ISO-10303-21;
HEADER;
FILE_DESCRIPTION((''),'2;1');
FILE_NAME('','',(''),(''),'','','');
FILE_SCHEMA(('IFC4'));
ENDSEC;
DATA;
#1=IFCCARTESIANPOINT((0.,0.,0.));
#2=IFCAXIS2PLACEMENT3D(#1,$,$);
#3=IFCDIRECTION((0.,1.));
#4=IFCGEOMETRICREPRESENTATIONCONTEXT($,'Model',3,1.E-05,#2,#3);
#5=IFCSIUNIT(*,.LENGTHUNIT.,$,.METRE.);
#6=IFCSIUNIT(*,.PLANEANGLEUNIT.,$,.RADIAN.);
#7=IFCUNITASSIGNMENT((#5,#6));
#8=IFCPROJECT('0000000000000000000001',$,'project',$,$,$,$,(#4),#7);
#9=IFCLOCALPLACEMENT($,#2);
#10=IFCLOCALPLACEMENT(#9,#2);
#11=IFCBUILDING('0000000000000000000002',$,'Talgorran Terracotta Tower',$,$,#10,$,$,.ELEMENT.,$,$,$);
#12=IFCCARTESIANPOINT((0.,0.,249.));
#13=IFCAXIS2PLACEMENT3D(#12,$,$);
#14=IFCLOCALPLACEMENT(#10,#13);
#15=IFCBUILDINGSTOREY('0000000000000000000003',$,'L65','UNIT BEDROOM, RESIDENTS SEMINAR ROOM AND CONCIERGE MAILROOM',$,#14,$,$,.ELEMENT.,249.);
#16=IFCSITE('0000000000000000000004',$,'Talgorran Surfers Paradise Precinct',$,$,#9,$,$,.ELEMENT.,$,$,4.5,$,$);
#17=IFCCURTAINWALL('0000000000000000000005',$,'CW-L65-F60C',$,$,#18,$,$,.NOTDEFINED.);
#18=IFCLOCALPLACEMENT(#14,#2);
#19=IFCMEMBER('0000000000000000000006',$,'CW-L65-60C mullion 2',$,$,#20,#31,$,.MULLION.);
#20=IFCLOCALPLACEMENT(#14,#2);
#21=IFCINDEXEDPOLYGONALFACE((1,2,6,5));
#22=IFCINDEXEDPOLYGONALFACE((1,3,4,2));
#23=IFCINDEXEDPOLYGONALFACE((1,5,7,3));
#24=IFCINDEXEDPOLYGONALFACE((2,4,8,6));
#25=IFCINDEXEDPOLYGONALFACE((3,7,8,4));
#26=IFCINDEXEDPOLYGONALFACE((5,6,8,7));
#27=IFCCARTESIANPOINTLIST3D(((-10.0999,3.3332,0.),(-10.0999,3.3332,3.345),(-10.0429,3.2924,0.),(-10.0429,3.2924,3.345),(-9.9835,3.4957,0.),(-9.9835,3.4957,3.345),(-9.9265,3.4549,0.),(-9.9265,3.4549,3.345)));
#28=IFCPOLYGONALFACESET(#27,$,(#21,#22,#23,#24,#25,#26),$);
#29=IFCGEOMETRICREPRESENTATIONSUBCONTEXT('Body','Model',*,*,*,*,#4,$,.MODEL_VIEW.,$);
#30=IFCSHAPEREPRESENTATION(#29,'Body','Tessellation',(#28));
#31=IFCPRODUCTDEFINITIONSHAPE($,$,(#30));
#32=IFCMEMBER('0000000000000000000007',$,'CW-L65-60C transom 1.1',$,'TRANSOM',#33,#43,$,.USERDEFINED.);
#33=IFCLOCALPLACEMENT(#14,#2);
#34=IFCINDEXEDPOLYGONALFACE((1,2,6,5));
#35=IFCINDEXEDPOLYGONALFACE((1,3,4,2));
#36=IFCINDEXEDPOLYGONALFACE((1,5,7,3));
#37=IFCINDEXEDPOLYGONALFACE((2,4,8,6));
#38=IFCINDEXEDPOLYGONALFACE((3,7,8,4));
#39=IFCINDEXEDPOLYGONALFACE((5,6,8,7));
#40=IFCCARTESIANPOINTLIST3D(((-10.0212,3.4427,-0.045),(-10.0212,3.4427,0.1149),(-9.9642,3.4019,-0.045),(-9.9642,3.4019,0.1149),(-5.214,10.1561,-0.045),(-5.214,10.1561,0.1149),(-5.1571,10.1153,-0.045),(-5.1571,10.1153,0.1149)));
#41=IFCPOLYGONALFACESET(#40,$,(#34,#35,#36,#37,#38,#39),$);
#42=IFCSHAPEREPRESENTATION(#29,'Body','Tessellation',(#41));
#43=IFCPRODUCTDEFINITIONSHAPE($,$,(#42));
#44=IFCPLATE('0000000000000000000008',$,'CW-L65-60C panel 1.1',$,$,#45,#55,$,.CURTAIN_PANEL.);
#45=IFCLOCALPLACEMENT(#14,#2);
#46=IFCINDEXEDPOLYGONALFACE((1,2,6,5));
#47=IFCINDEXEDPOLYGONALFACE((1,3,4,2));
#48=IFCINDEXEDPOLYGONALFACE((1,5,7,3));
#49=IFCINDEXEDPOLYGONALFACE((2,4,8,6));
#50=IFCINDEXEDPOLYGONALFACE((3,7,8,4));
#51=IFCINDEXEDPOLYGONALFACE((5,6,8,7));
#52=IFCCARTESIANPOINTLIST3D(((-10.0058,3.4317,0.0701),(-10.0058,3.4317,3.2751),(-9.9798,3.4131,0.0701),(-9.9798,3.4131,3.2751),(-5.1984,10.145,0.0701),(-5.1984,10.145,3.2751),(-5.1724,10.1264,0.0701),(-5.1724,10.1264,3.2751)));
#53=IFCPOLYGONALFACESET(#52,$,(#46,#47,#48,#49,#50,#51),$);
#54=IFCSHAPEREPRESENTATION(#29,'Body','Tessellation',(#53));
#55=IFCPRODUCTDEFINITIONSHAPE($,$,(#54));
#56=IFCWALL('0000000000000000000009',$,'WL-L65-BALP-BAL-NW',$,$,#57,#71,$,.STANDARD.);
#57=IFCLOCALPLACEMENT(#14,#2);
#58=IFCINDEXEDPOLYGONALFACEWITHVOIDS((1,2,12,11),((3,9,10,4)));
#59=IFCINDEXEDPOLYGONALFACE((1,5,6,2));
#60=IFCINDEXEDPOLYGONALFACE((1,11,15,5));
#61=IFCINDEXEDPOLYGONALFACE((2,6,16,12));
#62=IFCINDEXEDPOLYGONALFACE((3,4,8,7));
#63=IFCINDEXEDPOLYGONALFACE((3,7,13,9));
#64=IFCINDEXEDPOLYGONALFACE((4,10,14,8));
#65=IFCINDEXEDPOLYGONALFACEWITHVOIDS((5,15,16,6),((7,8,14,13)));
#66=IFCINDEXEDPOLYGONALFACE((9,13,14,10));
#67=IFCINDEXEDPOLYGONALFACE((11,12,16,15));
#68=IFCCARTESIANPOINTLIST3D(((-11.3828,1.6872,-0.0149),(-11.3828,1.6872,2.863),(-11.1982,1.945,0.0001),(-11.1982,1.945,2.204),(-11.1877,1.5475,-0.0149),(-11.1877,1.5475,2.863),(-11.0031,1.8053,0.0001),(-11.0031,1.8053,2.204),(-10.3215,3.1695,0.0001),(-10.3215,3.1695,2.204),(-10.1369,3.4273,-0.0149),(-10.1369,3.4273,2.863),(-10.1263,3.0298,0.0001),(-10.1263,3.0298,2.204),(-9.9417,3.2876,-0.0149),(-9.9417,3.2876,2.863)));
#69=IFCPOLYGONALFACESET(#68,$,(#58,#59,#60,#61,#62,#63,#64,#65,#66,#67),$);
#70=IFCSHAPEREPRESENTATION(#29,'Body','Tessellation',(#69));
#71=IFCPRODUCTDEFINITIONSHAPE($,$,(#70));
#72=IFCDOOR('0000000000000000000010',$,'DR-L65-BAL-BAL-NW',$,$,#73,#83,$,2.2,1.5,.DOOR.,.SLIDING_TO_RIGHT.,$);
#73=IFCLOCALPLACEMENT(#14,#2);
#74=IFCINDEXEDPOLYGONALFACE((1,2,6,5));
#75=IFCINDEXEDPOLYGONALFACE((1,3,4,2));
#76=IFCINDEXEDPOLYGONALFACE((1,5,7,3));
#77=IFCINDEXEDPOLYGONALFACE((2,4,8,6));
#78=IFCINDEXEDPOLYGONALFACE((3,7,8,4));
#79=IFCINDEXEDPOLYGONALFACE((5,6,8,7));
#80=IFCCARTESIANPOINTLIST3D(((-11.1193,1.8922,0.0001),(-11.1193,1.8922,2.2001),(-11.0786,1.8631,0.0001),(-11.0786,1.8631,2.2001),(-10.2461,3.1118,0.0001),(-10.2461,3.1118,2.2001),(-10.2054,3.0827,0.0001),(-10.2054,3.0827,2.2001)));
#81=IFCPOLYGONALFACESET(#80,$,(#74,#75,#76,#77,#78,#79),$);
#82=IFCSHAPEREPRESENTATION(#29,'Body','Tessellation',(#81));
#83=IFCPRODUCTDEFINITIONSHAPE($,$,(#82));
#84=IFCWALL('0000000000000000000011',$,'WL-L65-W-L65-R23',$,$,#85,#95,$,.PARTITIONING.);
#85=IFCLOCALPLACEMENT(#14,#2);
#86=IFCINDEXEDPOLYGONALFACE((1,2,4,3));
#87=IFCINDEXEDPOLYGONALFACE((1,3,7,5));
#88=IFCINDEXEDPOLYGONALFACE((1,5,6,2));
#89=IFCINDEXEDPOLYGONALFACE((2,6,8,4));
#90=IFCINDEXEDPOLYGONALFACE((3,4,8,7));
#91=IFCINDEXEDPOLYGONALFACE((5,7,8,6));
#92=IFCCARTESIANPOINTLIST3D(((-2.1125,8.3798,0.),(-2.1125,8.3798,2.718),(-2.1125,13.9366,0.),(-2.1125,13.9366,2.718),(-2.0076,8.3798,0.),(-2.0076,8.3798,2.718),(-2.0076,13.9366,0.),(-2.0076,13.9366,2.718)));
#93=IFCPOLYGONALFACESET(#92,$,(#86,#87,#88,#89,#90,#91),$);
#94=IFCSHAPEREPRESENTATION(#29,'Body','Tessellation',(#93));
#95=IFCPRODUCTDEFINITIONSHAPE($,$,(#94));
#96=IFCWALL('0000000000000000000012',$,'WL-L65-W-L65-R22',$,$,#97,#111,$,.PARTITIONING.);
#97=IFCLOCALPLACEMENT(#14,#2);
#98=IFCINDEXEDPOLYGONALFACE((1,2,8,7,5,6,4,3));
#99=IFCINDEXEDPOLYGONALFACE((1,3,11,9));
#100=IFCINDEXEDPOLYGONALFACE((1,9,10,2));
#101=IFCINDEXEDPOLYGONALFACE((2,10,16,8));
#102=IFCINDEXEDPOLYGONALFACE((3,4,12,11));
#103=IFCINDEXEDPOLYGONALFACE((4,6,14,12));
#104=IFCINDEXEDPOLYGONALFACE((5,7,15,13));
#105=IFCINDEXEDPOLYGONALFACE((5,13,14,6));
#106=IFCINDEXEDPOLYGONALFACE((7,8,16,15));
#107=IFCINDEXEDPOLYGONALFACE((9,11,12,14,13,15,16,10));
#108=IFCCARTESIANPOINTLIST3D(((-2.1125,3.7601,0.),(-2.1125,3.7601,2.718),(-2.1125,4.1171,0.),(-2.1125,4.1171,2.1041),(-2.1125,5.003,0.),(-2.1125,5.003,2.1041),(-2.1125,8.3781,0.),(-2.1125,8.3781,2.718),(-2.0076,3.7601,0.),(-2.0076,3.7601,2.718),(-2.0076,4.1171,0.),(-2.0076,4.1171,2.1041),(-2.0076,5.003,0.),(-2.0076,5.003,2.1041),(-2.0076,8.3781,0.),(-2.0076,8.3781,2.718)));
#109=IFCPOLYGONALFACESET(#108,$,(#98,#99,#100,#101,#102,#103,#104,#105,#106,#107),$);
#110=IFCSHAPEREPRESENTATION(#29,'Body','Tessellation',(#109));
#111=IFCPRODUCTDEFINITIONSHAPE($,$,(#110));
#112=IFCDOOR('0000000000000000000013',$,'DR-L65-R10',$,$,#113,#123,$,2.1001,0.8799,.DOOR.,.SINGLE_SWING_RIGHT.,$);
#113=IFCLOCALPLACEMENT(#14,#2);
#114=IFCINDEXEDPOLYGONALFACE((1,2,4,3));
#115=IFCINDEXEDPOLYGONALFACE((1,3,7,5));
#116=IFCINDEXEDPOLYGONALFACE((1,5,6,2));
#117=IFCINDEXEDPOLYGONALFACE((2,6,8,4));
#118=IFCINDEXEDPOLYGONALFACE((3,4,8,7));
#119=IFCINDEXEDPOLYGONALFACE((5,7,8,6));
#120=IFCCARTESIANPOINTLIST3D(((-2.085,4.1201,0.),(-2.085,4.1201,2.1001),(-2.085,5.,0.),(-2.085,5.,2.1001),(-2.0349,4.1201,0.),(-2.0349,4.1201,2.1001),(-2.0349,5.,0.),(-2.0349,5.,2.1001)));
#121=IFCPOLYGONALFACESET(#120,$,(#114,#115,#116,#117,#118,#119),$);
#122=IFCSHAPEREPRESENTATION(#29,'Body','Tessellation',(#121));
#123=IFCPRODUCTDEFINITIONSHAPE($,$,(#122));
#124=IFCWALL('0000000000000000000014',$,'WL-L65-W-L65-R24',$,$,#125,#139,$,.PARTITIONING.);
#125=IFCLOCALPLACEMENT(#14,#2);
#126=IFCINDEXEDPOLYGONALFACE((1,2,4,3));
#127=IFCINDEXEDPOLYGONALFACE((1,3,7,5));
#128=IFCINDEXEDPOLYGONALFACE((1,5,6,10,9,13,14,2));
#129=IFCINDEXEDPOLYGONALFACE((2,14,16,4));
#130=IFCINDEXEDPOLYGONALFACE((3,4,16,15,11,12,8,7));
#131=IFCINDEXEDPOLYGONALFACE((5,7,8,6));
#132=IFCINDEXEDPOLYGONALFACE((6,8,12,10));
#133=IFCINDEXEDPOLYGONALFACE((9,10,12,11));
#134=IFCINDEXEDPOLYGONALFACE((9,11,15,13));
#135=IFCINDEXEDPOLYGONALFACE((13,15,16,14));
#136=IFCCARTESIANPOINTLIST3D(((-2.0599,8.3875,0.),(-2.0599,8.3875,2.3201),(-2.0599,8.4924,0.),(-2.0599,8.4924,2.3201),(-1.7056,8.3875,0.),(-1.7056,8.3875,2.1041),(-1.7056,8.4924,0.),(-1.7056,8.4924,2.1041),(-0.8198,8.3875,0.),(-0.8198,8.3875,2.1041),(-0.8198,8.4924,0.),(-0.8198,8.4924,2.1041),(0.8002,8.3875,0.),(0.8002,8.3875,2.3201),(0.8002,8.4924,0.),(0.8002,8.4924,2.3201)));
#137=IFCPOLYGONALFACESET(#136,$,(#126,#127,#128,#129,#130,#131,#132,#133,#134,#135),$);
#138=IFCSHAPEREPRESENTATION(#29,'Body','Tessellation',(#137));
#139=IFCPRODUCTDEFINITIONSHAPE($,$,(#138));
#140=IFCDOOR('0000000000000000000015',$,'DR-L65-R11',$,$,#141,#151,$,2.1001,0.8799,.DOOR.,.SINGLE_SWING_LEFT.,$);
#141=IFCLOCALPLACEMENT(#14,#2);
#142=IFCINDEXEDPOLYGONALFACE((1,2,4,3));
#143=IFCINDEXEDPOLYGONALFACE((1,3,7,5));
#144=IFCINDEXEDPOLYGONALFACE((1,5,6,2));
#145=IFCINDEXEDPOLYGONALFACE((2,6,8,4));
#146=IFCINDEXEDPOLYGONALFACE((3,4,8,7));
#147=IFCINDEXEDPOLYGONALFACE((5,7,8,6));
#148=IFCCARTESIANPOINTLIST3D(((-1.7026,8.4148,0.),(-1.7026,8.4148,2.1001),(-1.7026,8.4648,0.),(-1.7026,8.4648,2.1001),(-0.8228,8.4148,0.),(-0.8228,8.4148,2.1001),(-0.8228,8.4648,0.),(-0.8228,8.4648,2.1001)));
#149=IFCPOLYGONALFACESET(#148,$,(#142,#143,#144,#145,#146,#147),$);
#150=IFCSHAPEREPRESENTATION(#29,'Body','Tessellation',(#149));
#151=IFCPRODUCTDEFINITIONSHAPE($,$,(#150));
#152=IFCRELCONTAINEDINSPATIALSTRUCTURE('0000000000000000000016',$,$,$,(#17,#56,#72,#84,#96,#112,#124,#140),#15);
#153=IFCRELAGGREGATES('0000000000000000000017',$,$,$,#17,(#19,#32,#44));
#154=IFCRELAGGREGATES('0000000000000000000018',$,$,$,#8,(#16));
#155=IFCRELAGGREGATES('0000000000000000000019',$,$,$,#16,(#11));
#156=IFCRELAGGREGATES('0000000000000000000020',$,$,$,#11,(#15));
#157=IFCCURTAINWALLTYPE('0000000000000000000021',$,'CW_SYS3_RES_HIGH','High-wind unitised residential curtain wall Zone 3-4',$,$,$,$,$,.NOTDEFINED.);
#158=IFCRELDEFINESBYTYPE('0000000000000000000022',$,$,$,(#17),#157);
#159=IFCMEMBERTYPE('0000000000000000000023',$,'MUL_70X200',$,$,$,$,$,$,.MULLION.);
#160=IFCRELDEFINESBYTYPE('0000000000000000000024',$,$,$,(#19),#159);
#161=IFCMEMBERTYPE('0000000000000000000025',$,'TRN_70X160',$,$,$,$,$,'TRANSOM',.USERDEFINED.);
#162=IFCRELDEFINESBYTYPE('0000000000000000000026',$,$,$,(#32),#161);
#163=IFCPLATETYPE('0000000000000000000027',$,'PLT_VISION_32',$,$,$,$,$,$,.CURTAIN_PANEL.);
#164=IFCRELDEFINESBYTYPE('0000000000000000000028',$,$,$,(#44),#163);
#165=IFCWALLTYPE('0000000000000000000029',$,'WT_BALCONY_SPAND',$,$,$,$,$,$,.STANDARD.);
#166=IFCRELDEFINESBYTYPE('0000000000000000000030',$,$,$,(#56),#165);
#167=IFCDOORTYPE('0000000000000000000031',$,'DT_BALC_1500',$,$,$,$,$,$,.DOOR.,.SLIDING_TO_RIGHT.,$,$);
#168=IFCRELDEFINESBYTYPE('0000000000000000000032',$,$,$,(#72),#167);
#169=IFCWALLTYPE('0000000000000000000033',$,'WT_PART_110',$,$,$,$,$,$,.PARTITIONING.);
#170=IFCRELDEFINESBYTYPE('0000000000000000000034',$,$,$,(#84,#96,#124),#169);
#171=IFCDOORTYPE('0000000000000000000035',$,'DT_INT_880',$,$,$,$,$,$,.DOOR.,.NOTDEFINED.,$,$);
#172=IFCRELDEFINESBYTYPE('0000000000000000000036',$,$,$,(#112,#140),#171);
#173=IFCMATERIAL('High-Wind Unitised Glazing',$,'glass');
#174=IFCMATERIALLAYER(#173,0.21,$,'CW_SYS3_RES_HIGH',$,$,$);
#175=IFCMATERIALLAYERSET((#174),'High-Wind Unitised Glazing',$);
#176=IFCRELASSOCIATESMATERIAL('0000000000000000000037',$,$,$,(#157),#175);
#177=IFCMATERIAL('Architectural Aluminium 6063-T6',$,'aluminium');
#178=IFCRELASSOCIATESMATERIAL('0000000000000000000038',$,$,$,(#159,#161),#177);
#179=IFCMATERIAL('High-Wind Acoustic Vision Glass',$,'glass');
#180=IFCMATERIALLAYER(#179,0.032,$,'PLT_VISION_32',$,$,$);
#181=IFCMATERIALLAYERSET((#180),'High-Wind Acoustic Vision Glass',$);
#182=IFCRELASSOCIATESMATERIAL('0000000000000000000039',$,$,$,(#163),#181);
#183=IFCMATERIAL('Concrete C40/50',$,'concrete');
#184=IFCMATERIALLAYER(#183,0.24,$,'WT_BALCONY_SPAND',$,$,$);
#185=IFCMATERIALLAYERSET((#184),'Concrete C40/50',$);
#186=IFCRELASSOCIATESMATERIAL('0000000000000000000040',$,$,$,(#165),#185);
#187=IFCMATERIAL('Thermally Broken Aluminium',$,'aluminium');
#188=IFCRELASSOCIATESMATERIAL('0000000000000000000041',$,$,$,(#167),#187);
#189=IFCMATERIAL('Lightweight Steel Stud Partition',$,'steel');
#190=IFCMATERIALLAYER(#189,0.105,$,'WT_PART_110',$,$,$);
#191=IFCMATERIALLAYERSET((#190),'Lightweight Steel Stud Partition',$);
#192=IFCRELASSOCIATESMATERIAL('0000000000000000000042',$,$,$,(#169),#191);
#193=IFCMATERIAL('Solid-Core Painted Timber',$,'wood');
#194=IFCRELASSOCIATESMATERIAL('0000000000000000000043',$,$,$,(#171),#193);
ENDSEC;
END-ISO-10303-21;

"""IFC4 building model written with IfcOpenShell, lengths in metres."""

from ifc_helpers import new_model, si_unit, direction, frame, frame_2d, origin, origin_2d, place, context, subcontext, project, spatial, rectangle, extrude, source, transform, mapped, material, layer, layer_set, material_profile, profile_set, type_object, type_shapes, element, fill, aggregate, save


model = new_model("IFC4")

# Units and contexts
model_context = context("Model", 3, precision=1e-05, world=origin(), true_north=direction((0.0, 1.0)))
body_context = subcontext(model_context, "Body", "Model", "MODEL_VIEW")
ifc_project = project(units=[si_unit("LENGTHUNIT", "METRE"), si_unit("PLANEANGLEUNIT", "RADIAN")], contexts=[model_context])

# Site, building, storey
site_placement = place(None, origin())
site = spatial("IfcSite", under=ifc_project, at=site_placement, Name="Talgorran Surfers Paradise Precinct", CompositionType="ELEMENT", RefElevation=4.5)
building_placement = place(site_placement, origin())
building = spatial("IfcBuilding", under=site, at=building_placement, Name="Talgorran Terracotta Tower", CompositionType="ELEMENT")
storey_placement = place(building_placement, frame((0.0, 0.0, 249.0)))
storey = spatial("IfcBuildingStorey", under=building, at=storey_placement, Name="L65", Description="UNIT BEDROOM, RESIDENTS SEMINAR ROOM AND CONCIERGE MAILROOM", CompositionType="ELEMENT", Elevation=249.0)

# Curtain wall, members, plate
ifc_material_1 = material(Name="High-Wind Unitised Glazing", Category="glass")
ifc_layer_1 = layer(ifc_material_1, 0.21, Name="CW_SYS3_RES_HIGH")
ifc_layer_set_1 = layer_set([ifc_layer_1], Name="High-Wind Unitised Glazing")
curtain_wall_type = type_object("IfcCurtainWallType", Name="CW_SYS3_RES_HIGH", Description="High-wind unitised residential curtain wall Zone 3-4", PredefinedType="NOTDEFINED", material=ifc_layer_set_1)
curtain_wall_placement = place(storey_placement, origin())
curtain_wall = element("IfcCurtainWall", 1, at=curtain_wall_placement, inside=storey, type_object=curtain_wall_type, Name="CW-L65-F60C", PredefinedType="NOTDEFINED")
ifc_material_2 = material(Name="Architectural Aluminium 6063-T6", Category="aluminium")
ifc_material_profile_1 = material_profile(ifc_material_2, rectangle(XDim=0.0701, YDim=0.2, at=origin_2d()), Name="CWM70X200")
ifc_profile_set_1 = profile_set([ifc_material_profile_1], Name="Architectural Aluminium 6063-T6")
member_type_1 = type_object("IfcMemberType", Name="MUL_70X200", PredefinedType="MULLION", material=ifc_profile_set_1)
member_1_placement = place(storey_placement, frame((-10.0132, 3.394, 0.0), z_axis=(0.0, 0.0, 1.0), x_axis=(0.81304, -0.582208, 0.0)))
member_1 = element("IfcMember", 2, at=member_1_placement, type_object=member_type_1, Name="CW-L65-60C mullion 2", PredefinedType="MULLION", context=body_context, shape_type="SweptSolid", body=[
    extrude(rectangle(XDim=0.0701, YDim=0.2, at=origin_2d()), origin(), (0.0, 0.0, 1.0), 3.345),
])
ifc_material_profile_2 = material_profile(ifc_material_2, rectangle(XDim=0.0701, YDim=0.1599, at=origin_2d()), Name="CWT70X160")
ifc_profile_set_2 = profile_set([ifc_material_profile_2], Name="Architectural Aluminium 6063-T6")
member_type_2 = type_object("IfcMemberType", Name="TRN_70X160", ElementType="TRANSOM", PredefinedType="USERDEFINED", material=ifc_profile_set_2)
member_2_placement = place(storey_placement, frame((-5.1855, 10.1357, 0.0349), z_axis=(-0.582189, -0.813054, 0.0), x_axis=(0.813054, -0.582189, 0.0)))
member_2 = element("IfcMember", 3, at=member_2_placement, type_object=member_type_2, Name="CW-L65-60C transom 1.1", ObjectType="TRANSOM", PredefinedType="USERDEFINED", context=body_context, shape_type="SweptSolid", body=[
    extrude(rectangle(XDim=0.0701, YDim=0.1599, at=origin_2d()), origin(), (0.0, 0.0, 1.0), 8.2571),
])
ifc_material_3 = material(Name="High-Wind Acoustic Vision Glass", Category="glass")
ifc_layer_2 = layer(ifc_material_3, 0.032, Name="PLT_VISION_32")
ifc_layer_set_2 = layer_set([ifc_layer_2], Name="High-Wind Acoustic Vision Glass")
plate_type = type_object("IfcPlateType", Name="PLT_VISION_32", PredefinedType="CURTAIN_PANEL", material=ifc_layer_set_2)
shared_shape = source(origin(), body_context, "Body", "SweptSolid", [
    extrude(rectangle(XDim=8.2571, YDim=0.032, at=origin_2d()), origin(), (0.0, 0.0, 1.0), 3.2051),
])
type_shapes(plate_type, [shared_shape])
plate_placement = place(storey_placement, frame((-7.5891, 6.7791, 0.0701), z_axis=(0.0, 0.0, 1.0), x_axis=(-0.582208, -0.81304, 0.0)))
plate = element("IfcPlate", 4, at=plate_placement, type_object=plate_type, Name="CW-L65-60C panel 1.1", PredefinedType="CURTAIN_PANEL", context=body_context, shape_type="MappedRepresentation", body=[
    mapped(shared_shape, transform((0.0, 0.0, 0.0), scale=1.0)),
])
aggregate(curtain_wall, [member_1, member_2, plate])

# Wall, opening, door
ifc_material_4 = material(Name="Concrete C40/50", Category="concrete")
ifc_layer_3 = layer(ifc_material_4, 0.24, Name="WT_BALCONY_SPAND")
ifc_layer_set_3 = layer_set([ifc_layer_3], Name="Concrete C40/50")
wall_type_1 = type_object("IfcWallType", Name="WT_BALCONY_SPAND", PredefinedType="STANDARD", material=ifc_layer_set_3)
wall_1_placement = place(storey_placement, frame((-10.0393, 3.3574, -0.0149), z_axis=(0.0, 0.0, 1.0), x_axis=(-0.582166, -0.81307, 0.0)))
wall_1 = element("IfcWall", 5, at=wall_1_placement, inside=storey, type_object=wall_type_1, Name="WL-L65-BALP-BAL-NW", PredefinedType="STANDARD", context=body_context, shape_type="SweptSolid", body=[
    extrude(rectangle(XDim=2.1401, YDim=0.24, at=frame_2d((1.0701, 0.0))), origin(), (0.0, 0.0, 1.0), 2.8779),
])
opening_1_placement = place(wall_1_placement, frame((0.3201, 0.0, 0.0149)))
opening_1 = element("IfcOpeningElement", 6, at=opening_1_placement, cuts=wall_1, PredefinedType="OPENING", context=body_context, shape_type="SweptSolid", body=[
    extrude(rectangle(XDim=1.506, YDim=2.204, at=frame_2d((0.75, 1.1021))), frame((0.0, 0.1299, 0.0), z_axis=(0.0, -1.0, 0.0), x_axis=(1.0, 0.0, 0.0)), (0.0, 0.0, 1.0), 0.26),
])
ifc_material_5 = material(Name="Thermally Broken Aluminium", Category="aluminium")
door_type_1 = type_object("IfcDoorType", Name="DT_BALC_1500", OperationType="SLIDING_TO_RIGHT", PredefinedType="DOOR", material=ifc_material_5)
door_1_placement = place(opening_1_placement, origin())
door_1 = element("IfcDoor", 7, at=door_1_placement, inside=storey, type_object=door_type_1, Name="DR-L65-BAL-BAL-NW", OperationType="SLIDING_TO_RIGHT", OverallHeight=2.2, OverallWidth=1.5, PredefinedType="DOOR", context=body_context, shape_type="SweptSolid", body=[
    extrude(rectangle(XDim=1.5, YDim=2.2, at=frame_2d((0.75, 1.1001))), frame((0.0, 0.0249, 0.0), z_axis=(0.0, -1.0, 0.0), x_axis=(1.0, 0.0, 0.0)), (0.0, 0.0, 1.0), 0.05),
])
fill(opening_1, door_1)

# Wall
ifc_material_6 = material(Name="Lightweight Steel Stud Partition", Category="steel")
ifc_layer_4 = layer(ifc_material_6, 0.105, Name="WT_PART_110")
ifc_layer_set_4 = layer_set([ifc_layer_4], Name="Lightweight Steel Stud Partition")
wall_type_2 = type_object("IfcWallType", Name="WT_PART_110", PredefinedType="PARTITIONING", material=ifc_layer_set_4)
wall_2_placement = place(storey_placement, frame((-2.0601, 8.3799, 0.0), z_axis=(0.0, 0.0, 1.0), x_axis=(0.0, 1.0, 0.0)))
element("IfcWall", 8, at=wall_2_placement, inside=storey, type_object=wall_type_2, Name="WL-L65-W-L65-R23", PredefinedType="PARTITIONING", context=body_context, shape_type="SweptSolid", body=[
    extrude(rectangle(XDim=5.5569, YDim=0.105, at=frame_2d((2.7783, 0.0))), origin(), (0.0, 0.0, 1.0), 2.718),
])

# Walls, openings, doors
wall_3_placement = place(storey_placement, frame((-2.0601, 3.76, 0.0), z_axis=(0.0, 0.0, 1.0), x_axis=(0.0, 1.0, 0.0)))
wall_3 = element("IfcWall", 9, at=wall_3_placement, inside=storey, type_object=wall_type_2, Name="WL-L65-W-L65-R22", PredefinedType="PARTITIONING", context=body_context, shape_type="SweptSolid", body=[
    extrude(rectangle(XDim=4.6179, YDim=0.105, at=frame_2d((2.3091, 0.0))), origin(), (0.0, 0.0, 1.0), 2.718),
])
opening_2_placement = place(wall_3_placement, frame((0.3601, 0.0, 0.0)))
opening_2 = element("IfcOpeningElement", 10, at=opening_2_placement, cuts=wall_3, PredefinedType="OPENING", context=body_context, shape_type="SweptSolid", body=[
    extrude(rectangle(XDim=0.8859, YDim=2.1041, at=frame_2d((0.4399, 1.052))), frame((0.0, 0.0625, 0.0), z_axis=(0.0, -1.0, 0.0), x_axis=(1.0, 0.0, 0.0)), (0.0, 0.0, 1.0), 0.125),
])
ifc_material_7 = material(Name="Solid-Core Painted Timber", Category="wood")
door_type_2 = type_object("IfcDoorType", Name="DT_INT_880", OperationType="NOTDEFINED", PredefinedType="DOOR", material=ifc_material_7)
door_2_placement = place(opening_2_placement, origin())
door_2 = element("IfcDoor", 11, at=door_2_placement, inside=storey, type_object=door_type_2, Name="DR-L65-R10", OperationType="SINGLE_SWING_RIGHT", OverallHeight=2.1001, OverallWidth=0.8799, PredefinedType="DOOR", context=body_context, shape_type="SweptSolid", body=[
    extrude(rectangle(XDim=0.8799, YDim=2.1001, at=frame_2d((0.4399, 1.05))), frame((0.0, 0.0249, 0.0), z_axis=(0.0, -1.0, 0.0), x_axis=(1.0, 0.0, 0.0)), (0.0, 0.0, 1.0), 0.05),
])
fill(opening_2, door_2)
wall_4_placement = place(storey_placement, frame((-2.0601, 8.4399, 0.0), z_axis=(0.0, 0.0, 1.0), x_axis=(1.0, 0.0, 0.0)))
wall_4 = element("IfcWall", 12, at=wall_4_placement, inside=storey, type_object=wall_type_2, Name="WL-L65-W-L65-R24", PredefinedType="PARTITIONING", context=body_context, shape_type="SweptSolid", body=[
    extrude(rectangle(XDim=2.8601, YDim=0.105, at=frame_2d((1.4302, 0.0))), origin(), (0.0, 0.0, 1.0), 2.3201),
])
opening_3_placement = place(wall_4_placement, frame((0.3574, 0.0, 0.0)))
opening_3 = element("IfcOpeningElement", 13, at=opening_3_placement, cuts=wall_4, PredefinedType="OPENING", context=body_context, shape_type="SweptSolid", body=[
    extrude(rectangle(XDim=0.8859, YDim=2.1041, at=frame_2d((0.4399, 1.052))), frame((0.0, 0.0625, 0.0), z_axis=(0.0, -1.0, 0.0), x_axis=(1.0, 0.0, 0.0)), (0.0, 0.0, 1.0), 0.125),
])
door_3_placement = place(opening_3_placement, origin())
door_3 = element("IfcDoor", 14, at=door_3_placement, inside=storey, type_object=door_type_2, Name="DR-L65-R11", OperationType="SINGLE_SWING_LEFT", OverallHeight=2.1001, OverallWidth=0.8799, PredefinedType="DOOR", context=body_context, shape_type="SweptSolid", body=[
    extrude(rectangle(XDim=0.8799, YDim=2.1001, at=frame_2d((0.4399, 1.05))), frame((0.0, 0.0249, 0.0), z_axis=(0.0, -1.0, 0.0), x_axis=(1.0, 0.0, 0.0)), (0.0, 0.0, 1.0), 0.05),
])
fill(opening_3, door_3)

save(model, "model.ifc")
